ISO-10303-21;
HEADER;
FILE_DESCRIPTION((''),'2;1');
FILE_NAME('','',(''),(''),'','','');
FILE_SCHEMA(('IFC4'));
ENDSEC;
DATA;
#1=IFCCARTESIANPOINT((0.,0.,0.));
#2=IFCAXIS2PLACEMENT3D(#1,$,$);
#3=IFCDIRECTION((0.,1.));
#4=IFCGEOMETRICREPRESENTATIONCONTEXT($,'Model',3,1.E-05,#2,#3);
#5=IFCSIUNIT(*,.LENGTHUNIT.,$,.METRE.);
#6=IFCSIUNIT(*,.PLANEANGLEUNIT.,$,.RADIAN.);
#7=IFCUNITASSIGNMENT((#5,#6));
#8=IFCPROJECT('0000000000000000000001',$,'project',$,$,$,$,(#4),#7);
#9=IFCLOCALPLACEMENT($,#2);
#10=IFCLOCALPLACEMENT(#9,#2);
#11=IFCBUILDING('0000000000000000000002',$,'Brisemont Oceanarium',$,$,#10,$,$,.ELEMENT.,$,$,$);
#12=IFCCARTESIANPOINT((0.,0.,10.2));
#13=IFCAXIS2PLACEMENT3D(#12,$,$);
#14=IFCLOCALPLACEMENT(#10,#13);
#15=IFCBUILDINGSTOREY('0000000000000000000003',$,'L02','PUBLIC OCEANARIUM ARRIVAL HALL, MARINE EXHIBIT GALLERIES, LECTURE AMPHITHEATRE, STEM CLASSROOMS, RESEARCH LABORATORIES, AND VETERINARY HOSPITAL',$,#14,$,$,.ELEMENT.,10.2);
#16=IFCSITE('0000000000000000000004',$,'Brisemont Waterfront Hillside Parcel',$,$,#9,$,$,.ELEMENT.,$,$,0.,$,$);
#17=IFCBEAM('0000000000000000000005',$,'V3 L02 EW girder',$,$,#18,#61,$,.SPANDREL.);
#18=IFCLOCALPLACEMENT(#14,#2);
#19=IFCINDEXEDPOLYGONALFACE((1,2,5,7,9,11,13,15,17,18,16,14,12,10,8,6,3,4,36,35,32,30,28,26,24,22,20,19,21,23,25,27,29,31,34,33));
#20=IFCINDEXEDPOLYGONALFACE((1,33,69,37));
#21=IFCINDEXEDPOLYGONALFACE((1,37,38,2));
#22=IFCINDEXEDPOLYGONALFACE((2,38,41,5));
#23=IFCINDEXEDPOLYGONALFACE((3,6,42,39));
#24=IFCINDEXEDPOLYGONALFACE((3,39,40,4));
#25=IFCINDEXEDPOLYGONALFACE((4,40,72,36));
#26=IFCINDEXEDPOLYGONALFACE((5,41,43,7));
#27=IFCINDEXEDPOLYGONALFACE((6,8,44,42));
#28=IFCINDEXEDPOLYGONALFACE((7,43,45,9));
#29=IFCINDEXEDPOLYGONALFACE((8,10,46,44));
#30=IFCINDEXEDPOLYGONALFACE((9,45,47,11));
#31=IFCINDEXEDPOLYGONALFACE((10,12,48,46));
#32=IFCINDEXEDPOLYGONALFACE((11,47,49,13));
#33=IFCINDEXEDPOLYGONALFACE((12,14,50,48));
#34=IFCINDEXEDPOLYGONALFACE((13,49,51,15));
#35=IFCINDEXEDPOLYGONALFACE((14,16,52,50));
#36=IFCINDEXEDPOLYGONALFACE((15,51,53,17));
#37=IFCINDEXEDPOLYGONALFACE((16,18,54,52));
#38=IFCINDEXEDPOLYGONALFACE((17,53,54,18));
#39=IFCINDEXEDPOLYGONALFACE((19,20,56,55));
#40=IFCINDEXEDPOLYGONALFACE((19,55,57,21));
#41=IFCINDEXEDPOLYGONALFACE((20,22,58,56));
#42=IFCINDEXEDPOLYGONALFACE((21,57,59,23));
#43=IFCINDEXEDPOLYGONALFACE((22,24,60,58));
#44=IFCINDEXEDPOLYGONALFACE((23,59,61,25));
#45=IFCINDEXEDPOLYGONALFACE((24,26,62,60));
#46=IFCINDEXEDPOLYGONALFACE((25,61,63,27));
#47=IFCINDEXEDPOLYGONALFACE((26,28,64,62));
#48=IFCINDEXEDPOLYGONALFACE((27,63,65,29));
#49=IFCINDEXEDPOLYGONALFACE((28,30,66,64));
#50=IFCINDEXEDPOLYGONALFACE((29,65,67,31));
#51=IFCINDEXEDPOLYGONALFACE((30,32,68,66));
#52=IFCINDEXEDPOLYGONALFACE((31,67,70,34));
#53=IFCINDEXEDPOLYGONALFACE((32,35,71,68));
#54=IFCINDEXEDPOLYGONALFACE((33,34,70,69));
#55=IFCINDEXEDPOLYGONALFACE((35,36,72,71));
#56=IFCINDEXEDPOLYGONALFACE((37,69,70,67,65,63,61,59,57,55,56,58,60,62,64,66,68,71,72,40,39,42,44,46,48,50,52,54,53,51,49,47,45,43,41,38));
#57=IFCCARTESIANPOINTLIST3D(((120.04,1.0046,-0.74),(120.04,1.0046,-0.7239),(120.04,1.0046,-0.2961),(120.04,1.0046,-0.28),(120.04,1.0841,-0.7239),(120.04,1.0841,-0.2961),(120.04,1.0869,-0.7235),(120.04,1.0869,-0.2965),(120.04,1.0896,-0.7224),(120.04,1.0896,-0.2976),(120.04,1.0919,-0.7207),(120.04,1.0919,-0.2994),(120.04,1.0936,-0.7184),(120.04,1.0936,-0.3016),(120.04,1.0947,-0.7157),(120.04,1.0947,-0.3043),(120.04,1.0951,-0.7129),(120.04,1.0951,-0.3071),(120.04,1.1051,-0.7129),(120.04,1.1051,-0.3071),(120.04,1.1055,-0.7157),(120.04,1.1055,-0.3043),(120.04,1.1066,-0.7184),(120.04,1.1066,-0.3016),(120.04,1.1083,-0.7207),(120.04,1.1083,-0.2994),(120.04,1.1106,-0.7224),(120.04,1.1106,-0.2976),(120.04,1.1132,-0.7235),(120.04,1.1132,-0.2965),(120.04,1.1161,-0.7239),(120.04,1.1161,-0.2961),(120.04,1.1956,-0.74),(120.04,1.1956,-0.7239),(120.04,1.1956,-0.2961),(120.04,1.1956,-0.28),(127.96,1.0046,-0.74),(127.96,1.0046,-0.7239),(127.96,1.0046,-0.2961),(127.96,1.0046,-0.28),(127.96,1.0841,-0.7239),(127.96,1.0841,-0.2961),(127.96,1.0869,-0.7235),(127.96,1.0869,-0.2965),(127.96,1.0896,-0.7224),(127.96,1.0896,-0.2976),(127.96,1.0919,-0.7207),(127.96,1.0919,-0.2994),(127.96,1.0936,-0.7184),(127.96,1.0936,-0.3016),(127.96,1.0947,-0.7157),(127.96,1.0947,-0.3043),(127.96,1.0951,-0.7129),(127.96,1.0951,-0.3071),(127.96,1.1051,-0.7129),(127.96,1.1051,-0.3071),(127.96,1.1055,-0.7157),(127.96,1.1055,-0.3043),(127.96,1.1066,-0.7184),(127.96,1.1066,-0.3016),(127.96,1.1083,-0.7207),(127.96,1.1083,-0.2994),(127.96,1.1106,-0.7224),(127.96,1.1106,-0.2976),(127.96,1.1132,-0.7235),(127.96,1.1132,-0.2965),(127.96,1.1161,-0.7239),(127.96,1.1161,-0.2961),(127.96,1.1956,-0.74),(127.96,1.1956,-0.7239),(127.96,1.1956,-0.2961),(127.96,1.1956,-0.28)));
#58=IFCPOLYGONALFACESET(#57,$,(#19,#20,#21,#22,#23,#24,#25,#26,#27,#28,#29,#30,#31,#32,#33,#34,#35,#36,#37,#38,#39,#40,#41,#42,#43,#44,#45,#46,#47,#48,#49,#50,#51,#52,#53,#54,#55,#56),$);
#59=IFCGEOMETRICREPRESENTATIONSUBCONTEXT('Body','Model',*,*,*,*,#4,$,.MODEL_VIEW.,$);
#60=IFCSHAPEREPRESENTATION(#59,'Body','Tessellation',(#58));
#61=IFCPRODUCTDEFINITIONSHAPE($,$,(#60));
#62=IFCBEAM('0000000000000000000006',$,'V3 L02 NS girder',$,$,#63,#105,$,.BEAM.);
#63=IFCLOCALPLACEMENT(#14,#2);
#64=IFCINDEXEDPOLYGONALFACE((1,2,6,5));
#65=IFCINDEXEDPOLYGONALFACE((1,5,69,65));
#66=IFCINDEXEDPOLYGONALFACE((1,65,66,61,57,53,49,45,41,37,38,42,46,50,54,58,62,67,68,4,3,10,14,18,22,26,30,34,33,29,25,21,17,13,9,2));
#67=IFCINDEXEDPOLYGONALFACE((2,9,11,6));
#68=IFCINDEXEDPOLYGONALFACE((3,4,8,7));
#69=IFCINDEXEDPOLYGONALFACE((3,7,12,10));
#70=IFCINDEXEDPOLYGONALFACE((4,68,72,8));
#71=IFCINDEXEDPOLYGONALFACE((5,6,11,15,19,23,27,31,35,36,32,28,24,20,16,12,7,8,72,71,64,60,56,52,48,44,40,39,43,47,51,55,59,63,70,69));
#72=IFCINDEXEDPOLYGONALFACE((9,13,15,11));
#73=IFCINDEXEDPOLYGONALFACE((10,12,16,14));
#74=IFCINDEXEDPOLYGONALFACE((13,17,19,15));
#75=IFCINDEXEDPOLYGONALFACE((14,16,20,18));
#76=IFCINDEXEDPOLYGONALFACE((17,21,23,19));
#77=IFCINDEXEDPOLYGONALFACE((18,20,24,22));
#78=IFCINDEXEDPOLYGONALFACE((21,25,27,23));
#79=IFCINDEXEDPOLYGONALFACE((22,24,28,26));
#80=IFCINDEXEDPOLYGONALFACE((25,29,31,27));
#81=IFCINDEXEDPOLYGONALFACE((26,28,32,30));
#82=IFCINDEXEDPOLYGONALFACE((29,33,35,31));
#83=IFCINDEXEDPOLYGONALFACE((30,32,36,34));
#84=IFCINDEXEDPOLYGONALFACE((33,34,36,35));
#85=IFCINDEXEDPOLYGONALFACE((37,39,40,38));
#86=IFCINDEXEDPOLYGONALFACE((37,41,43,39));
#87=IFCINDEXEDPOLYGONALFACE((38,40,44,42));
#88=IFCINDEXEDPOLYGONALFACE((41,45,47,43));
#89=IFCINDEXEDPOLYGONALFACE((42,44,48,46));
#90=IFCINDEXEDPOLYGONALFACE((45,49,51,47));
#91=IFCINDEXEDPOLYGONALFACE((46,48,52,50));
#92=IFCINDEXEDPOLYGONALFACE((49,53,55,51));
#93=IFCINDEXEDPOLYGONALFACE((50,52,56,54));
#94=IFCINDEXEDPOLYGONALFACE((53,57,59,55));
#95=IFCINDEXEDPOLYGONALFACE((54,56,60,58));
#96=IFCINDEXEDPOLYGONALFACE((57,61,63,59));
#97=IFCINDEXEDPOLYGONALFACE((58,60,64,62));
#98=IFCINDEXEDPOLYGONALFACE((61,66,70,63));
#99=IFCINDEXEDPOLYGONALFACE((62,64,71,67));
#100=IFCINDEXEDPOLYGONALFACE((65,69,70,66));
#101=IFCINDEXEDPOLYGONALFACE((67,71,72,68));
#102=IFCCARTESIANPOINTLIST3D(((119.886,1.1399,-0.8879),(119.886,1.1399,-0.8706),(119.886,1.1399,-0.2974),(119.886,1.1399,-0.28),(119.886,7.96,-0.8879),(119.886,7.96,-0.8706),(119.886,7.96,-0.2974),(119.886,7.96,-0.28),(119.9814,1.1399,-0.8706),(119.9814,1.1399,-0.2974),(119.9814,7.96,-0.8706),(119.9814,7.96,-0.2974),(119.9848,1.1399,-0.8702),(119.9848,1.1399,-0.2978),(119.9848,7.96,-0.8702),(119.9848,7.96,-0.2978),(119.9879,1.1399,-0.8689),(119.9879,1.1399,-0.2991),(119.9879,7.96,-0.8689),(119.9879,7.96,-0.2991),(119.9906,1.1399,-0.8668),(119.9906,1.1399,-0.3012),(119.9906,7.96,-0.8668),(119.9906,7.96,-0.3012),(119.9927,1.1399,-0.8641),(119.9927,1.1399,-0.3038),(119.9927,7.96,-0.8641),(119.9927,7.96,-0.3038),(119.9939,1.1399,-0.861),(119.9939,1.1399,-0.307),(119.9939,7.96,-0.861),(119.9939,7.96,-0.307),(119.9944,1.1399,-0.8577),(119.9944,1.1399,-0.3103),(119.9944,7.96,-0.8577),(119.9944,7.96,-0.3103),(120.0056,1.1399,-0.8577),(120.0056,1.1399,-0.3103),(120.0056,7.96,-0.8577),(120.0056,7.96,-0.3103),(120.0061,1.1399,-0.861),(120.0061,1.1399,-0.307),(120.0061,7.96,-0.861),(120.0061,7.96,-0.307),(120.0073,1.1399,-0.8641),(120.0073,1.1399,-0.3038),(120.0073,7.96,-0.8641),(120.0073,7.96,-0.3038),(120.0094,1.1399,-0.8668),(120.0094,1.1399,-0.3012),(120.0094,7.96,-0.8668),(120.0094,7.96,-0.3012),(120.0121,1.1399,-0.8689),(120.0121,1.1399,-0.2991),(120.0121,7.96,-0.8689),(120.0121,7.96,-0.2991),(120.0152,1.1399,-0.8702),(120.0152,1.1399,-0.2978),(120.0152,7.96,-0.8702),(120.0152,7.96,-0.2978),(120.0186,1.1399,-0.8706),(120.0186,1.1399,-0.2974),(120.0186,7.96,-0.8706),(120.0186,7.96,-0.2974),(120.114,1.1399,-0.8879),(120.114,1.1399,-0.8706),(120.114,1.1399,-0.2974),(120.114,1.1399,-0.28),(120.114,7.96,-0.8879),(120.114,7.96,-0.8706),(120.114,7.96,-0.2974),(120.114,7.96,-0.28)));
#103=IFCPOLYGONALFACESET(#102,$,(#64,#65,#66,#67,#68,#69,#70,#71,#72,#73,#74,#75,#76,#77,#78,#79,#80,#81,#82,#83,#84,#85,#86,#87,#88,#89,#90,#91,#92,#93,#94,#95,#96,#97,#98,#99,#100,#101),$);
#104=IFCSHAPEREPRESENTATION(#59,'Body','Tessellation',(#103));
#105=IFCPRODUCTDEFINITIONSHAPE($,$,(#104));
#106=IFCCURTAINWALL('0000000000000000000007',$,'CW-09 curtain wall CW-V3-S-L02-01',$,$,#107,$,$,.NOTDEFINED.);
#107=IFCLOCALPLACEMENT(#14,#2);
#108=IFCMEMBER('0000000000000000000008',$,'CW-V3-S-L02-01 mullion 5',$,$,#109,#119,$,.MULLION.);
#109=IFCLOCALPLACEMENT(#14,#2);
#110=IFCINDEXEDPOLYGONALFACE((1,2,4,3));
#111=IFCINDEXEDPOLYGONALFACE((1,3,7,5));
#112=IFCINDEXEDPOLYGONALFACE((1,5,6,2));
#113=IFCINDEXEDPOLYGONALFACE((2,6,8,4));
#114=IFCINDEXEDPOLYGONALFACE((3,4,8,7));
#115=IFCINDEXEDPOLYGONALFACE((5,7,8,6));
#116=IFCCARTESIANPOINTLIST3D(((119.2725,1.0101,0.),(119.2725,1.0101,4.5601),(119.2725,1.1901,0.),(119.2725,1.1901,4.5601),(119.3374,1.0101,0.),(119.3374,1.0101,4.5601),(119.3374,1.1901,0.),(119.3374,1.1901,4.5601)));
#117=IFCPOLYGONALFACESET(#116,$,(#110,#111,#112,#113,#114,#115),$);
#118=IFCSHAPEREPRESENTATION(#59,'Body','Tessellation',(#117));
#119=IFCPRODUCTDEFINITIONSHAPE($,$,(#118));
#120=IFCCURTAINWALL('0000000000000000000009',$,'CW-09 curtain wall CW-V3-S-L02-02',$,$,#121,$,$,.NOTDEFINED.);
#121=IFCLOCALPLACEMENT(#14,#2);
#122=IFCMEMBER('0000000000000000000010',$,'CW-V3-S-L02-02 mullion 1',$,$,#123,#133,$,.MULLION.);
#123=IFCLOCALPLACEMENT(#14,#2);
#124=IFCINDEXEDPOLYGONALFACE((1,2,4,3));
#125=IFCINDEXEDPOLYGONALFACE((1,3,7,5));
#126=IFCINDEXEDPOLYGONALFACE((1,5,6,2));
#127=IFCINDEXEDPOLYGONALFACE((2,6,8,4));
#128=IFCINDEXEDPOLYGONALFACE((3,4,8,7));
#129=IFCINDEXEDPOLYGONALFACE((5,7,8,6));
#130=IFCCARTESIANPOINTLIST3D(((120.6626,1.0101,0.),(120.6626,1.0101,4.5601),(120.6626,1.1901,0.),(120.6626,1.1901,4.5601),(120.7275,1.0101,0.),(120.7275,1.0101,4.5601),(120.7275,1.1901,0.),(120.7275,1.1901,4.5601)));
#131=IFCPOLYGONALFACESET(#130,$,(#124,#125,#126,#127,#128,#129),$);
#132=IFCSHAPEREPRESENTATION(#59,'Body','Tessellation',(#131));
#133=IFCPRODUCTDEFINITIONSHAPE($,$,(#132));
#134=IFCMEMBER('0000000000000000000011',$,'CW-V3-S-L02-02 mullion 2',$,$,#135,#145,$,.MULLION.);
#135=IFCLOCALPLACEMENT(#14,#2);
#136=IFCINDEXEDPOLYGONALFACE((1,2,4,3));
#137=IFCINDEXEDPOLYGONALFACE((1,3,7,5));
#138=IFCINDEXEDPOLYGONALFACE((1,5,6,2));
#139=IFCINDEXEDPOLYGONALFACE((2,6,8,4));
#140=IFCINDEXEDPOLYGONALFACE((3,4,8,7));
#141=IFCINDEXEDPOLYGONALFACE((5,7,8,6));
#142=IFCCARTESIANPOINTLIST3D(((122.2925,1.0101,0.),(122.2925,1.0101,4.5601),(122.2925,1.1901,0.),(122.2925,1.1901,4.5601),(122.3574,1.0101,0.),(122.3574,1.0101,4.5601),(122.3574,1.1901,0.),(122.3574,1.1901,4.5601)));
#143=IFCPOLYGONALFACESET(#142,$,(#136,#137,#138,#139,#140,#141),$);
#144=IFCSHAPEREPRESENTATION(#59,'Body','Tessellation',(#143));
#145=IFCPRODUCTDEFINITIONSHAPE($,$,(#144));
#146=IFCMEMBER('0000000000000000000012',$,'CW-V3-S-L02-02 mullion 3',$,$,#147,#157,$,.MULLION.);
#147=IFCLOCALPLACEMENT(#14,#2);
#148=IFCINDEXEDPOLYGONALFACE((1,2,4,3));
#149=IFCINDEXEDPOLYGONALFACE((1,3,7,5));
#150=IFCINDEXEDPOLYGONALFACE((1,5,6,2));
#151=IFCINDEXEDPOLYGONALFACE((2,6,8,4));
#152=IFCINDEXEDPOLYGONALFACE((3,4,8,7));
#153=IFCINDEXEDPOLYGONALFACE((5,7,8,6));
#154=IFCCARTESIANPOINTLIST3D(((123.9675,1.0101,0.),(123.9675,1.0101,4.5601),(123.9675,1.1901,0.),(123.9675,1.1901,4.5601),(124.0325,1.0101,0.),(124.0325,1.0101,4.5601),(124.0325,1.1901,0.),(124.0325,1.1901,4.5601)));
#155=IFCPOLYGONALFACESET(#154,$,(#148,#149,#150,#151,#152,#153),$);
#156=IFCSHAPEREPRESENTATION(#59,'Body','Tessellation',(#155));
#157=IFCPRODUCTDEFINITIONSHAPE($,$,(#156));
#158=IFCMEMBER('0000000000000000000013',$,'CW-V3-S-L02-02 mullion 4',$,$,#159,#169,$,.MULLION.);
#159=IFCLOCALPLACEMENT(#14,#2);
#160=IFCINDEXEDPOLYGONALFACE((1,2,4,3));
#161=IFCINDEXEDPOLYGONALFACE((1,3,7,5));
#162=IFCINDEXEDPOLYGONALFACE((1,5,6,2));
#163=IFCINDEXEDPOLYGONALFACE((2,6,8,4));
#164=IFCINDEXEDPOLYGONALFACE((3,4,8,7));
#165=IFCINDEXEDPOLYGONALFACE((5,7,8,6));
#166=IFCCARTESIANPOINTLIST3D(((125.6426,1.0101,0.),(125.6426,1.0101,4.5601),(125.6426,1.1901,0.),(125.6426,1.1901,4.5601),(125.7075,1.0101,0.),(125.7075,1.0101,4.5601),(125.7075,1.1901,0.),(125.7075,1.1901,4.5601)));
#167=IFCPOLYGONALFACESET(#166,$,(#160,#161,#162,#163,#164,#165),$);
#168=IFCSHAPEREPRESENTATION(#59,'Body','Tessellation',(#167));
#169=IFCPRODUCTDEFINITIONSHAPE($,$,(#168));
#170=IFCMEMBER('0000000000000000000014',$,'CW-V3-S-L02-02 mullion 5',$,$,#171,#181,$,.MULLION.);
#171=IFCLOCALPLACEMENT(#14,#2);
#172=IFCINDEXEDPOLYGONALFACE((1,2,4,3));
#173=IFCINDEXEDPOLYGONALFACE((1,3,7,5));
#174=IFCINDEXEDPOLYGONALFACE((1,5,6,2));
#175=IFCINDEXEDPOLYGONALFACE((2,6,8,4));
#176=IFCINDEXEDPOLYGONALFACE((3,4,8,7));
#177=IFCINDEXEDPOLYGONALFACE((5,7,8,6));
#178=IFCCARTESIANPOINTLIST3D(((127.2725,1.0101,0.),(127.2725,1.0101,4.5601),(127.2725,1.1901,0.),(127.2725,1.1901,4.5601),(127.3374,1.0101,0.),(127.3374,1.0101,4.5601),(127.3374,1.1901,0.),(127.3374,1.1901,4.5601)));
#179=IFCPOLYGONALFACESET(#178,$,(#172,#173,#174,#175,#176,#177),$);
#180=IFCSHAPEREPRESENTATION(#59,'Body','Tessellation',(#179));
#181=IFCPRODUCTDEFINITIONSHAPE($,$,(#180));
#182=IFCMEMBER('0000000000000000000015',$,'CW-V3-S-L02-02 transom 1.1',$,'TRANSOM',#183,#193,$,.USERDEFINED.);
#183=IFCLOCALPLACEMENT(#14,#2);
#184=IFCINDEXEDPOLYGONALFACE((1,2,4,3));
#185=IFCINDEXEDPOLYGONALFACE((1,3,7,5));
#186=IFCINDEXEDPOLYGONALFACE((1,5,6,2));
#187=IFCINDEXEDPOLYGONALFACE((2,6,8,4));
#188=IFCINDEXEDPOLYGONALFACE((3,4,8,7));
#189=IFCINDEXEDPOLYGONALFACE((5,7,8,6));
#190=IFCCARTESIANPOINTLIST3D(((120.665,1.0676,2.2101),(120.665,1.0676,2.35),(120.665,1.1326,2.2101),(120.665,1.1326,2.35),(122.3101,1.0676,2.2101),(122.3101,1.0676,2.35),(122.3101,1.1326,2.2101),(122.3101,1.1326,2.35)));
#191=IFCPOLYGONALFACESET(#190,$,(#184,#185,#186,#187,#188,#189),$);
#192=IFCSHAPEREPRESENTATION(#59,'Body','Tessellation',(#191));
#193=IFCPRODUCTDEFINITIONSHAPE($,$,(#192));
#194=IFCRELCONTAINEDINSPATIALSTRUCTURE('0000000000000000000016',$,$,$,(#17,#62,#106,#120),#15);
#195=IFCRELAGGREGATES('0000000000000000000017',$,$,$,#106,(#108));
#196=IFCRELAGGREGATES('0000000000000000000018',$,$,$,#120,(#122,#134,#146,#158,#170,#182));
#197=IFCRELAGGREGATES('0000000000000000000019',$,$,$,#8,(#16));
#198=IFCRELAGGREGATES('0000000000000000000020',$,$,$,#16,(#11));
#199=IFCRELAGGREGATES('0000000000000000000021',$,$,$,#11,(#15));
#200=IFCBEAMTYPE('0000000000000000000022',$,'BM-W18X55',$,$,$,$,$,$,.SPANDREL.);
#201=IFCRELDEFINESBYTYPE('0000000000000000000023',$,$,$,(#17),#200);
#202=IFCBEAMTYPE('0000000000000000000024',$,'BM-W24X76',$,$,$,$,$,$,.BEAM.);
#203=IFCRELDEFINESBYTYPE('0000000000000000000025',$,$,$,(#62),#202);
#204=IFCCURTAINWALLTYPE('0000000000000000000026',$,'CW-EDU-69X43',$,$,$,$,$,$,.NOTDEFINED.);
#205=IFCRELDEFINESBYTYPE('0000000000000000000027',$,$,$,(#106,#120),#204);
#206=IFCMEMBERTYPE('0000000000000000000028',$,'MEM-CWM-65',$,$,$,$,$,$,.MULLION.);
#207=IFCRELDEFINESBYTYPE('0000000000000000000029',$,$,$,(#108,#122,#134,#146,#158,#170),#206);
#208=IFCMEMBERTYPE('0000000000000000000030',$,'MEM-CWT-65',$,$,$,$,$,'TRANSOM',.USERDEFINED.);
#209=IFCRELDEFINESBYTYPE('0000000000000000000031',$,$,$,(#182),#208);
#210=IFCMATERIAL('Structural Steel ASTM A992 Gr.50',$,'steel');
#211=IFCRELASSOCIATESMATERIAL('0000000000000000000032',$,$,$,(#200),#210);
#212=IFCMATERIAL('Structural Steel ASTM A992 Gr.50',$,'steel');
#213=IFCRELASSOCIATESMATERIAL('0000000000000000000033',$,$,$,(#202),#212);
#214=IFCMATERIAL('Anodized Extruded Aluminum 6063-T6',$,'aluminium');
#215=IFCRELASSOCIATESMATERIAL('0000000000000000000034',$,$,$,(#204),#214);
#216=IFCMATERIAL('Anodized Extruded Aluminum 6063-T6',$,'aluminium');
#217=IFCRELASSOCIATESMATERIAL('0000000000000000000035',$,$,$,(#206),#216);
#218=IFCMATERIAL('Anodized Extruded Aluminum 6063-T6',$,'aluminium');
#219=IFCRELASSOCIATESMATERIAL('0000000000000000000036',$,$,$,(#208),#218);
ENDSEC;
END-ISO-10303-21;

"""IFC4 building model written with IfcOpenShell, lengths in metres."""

from ifc_helpers import new_model, si_unit, direction, frame, origin, origin_2d, place, context, subcontext, project, spatial, rectangle, i_section, extrude, material, material_profile, profile_set, type_object, element, aggregate, save


model = new_model("IFC4")

# Units and contexts
model_context = context("Model", 3, precision=1e-05, world=origin(), true_north=direction((0.0, 1.0)))
body_context = subcontext(model_context, "Body", "Model", "MODEL_VIEW")
ifc_project = project(units=[si_unit("LENGTHUNIT", "METRE"), si_unit("PLANEANGLEUNIT", "RADIAN")], contexts=[model_context])

# Site, building, storey
site_placement = place(None, origin())
site = spatial("IfcSite", under=ifc_project, at=site_placement, Name="Brisemont Waterfront Hillside Parcel", CompositionType="ELEMENT", RefElevation=0.0)
building_placement = place(site_placement, origin())
building = spatial("IfcBuilding", under=site, at=building_placement, Name="Brisemont Oceanarium", CompositionType="ELEMENT")
storey_placement = place(building_placement, frame((0.0, 0.0, 10.2)))
storey = spatial("IfcBuildingStorey", under=building, at=storey_placement, Name="L02", Description="PUBLIC OCEANARIUM ARRIVAL HALL, MARINE EXHIBIT GALLERIES, LECTURE AMPHITHEATRE, STEM CLASSROOMS, RESEARCH LABORATORIES, AND VETERINARY HOSPITAL", CompositionType="ELEMENT", Elevation=10.2)

# Beams
ifc_material_1 = material(Name="Structural Steel ASTM A992 Gr.50", Category="steel")
ifc_material_profile_1 = material_profile(ifc_material_1, i_section(OverallWidth=0.1909, OverallDepth=0.46, WebThickness=0.01, FlangeThickness=0.0161, FilletRadius=0.011, at=origin_2d()), Name="W18X55")
ifc_profile_set_1 = profile_set([ifc_material_profile_1], Name="Structural Steel ASTM A992 Gr.50")
beam_type_1 = type_object("IfcBeamType", Name="BM-W18X55", PredefinedType="SPANDREL", material=ifc_profile_set_1)
beam_1_placement = place(storey_placement, frame((120.04, 1.1001, -0.51), z_axis=(1.0, 0.0, 0.0), x_axis=(0.0, 1.0, 0.0)))
element("IfcBeam", 1, at=beam_1_placement, inside=storey, type_object=beam_type_1, Name="V3 L02 EW girder", PredefinedType="SPANDREL", context=body_context, shape_type="SweptSolid", body=[
    extrude(i_section(OverallWidth=0.1909, OverallDepth=0.46, WebThickness=0.01, FlangeThickness=0.0161, FilletRadius=0.011, at=origin_2d()), origin(), (0.0, 0.0, 1.0), 7.9199),
])
ifc_material_2 = material(Name="Structural Steel ASTM A992 Gr.50", Category="steel")
ifc_material_profile_2 = material_profile(ifc_material_2, i_section(OverallWidth=0.228, OverallDepth=0.6079, WebThickness=0.0112, FlangeThickness=0.0173, FilletRadius=0.0129, at=origin_2d()), Name="W24X76")
ifc_profile_set_2 = profile_set([ifc_material_profile_2], Name="Structural Steel ASTM A992 Gr.50")
beam_type_2 = type_object("IfcBeamType", Name="BM-W24X76", PredefinedType="BEAM", material=ifc_profile_set_2)
beam_2_placement = place(storey_placement, frame((120.0, 1.1399, -0.584), z_axis=(0.0, 1.0, 0.0), x_axis=(-1.0, 0.0, 0.0)))
element("IfcBeam", 2, at=beam_2_placement, inside=storey, type_object=beam_type_2, Name="V3 L02 NS girder", PredefinedType="BEAM", context=body_context, shape_type="SweptSolid", body=[
    extrude(i_section(OverallWidth=0.228, OverallDepth=0.6079, WebThickness=0.0112, FlangeThickness=0.0173, FilletRadius=0.0129, at=origin_2d()), origin(), (0.0, 0.0, 1.0), 6.8201),
])

# Curtain wall, member
ifc_material_3 = material(Name="Anodized Extruded Aluminum 6063-T6", Category="aluminium")
curtain_wall_type = type_object("IfcCurtainWallType", Name="CW-EDU-69X43", PredefinedType="NOTDEFINED", material=ifc_material_3)
curtain_wall_1_placement = place(storey_placement, origin())
curtain_wall_1 = element("IfcCurtainWall", 3, at=curtain_wall_1_placement, inside=storey, type_object=curtain_wall_type, Name="CW-09 curtain wall CW-V3-S-L02-01", PredefinedType="NOTDEFINED")
ifc_material_4 = material(Name="Anodized Extruded Aluminum 6063-T6", Category="aluminium")
ifc_material_profile_3 = material_profile(ifc_material_4, rectangle(XDim=0.0649, YDim=0.1799, at=origin_2d()), Name="CWM-65X180")
ifc_profile_set_3 = profile_set([ifc_material_profile_3], Name="Anodized Extruded Aluminum 6063-T6")
member_type_1 = type_object("IfcMemberType", Name="MEM-CWM-65", PredefinedType="MULLION", material=ifc_profile_set_3)
member_1_placement = place(storey_placement, frame((119.3049, 1.1001, 0.0), z_axis=(0.0, 0.0, 1.0), x_axis=(1.0, 0.0, 0.0)))
member_1 = element("IfcMember", 4, at=member_1_placement, type_object=member_type_1, Name="CW-V3-S-L02-01 mullion 5", PredefinedType="MULLION", context=body_context, shape_type="SweptSolid", body=[
    extrude(rectangle(XDim=0.0649, YDim=0.1799, at=origin_2d()), origin(), (0.0, 0.0, 1.0), 4.5601),
])
aggregate(curtain_wall_1, [member_1])

# Curtain wall, members
curtain_wall_2_placement = place(storey_placement, origin())
curtain_wall_2 = element("IfcCurtainWall", 5, at=curtain_wall_2_placement, inside=storey, type_object=curtain_wall_type, Name="CW-09 curtain wall CW-V3-S-L02-02", PredefinedType="NOTDEFINED")
member_2_placement = place(storey_placement, frame((120.6951, 1.1001, 0.0), z_axis=(0.0, 0.0, 1.0), x_axis=(1.0, 0.0, 0.0)))
member_2 = element("IfcMember", 6, at=member_2_placement, type_object=member_type_1, Name="CW-V3-S-L02-02 mullion 1", PredefinedType="MULLION", context=body_context, shape_type="SweptSolid", body=[
    extrude(rectangle(XDim=0.0649, YDim=0.1799, at=origin_2d()), origin(), (0.0, 0.0, 1.0), 4.5601),
])
member_3_placement = place(storey_placement, frame((122.325, 1.1001, 0.0), z_axis=(0.0, 0.0, 1.0), x_axis=(1.0, 0.0, 0.0)))
member_3 = element("IfcMember", 7, at=member_3_placement, type_object=member_type_1, Name="CW-V3-S-L02-02 mullion 2", PredefinedType="MULLION", context=body_context, shape_type="SweptSolid", body=[
    extrude(rectangle(XDim=0.0649, YDim=0.1799, at=origin_2d()), origin(), (0.0, 0.0, 1.0), 4.5601),
])
member_4_placement = place(storey_placement, frame((124.0, 1.1001, 0.0), z_axis=(0.0, 0.0, 1.0), x_axis=(1.0, 0.0, 0.0)))
member_4 = element("IfcMember", 8, at=member_4_placement, type_object=member_type_1, Name="CW-V3-S-L02-02 mullion 3", PredefinedType="MULLION", context=body_context, shape_type="SweptSolid", body=[
    extrude(rectangle(XDim=0.0649, YDim=0.1799, at=origin_2d()), origin(), (0.0, 0.0, 1.0), 4.5601),
])
member_5_placement = place(storey_placement, frame((125.675, 1.1001, 0.0), z_axis=(0.0, 0.0, 1.0), x_axis=(1.0, 0.0, 0.0)))
member_5 = element("IfcMember", 9, at=member_5_placement, type_object=member_type_1, Name="CW-V3-S-L02-02 mullion 4", PredefinedType="MULLION", context=body_context, shape_type="SweptSolid", body=[
    extrude(rectangle(XDim=0.0649, YDim=0.1799, at=origin_2d()), origin(), (0.0, 0.0, 1.0), 4.5601),
])
member_6_placement = place(storey_placement, frame((127.3049, 1.1001, 0.0), z_axis=(0.0, 0.0, 1.0), x_axis=(1.0, 0.0, 0.0)))
member_6 = element("IfcMember", 10, at=member_6_placement, type_object=member_type_1, Name="CW-V3-S-L02-02 mullion 5", PredefinedType="MULLION", context=body_context, shape_type="SweptSolid", body=[
    extrude(rectangle(XDim=0.0649, YDim=0.1799, at=origin_2d()), origin(), (0.0, 0.0, 1.0), 4.5601),
])
ifc_material_5 = material(Name="Anodized Extruded Aluminum 6063-T6", Category="aluminium")
ifc_material_profile_4 = material_profile(ifc_material_5, rectangle(XDim=0.0649, YDim=0.1399, at=origin_2d()), Name="CWT-65X140")
ifc_profile_set_4 = profile_set([ifc_material_profile_4], Name="Anodized Extruded Aluminum 6063-T6")
member_type_2 = type_object("IfcMemberType", Name="MEM-CWT-65", ElementType="TRANSOM", PredefinedType="USERDEFINED", material=ifc_profile_set_4)
member_7_placement = place(storey_placement, frame((120.665, 1.1001, 2.28), z_axis=(1.0, 0.0, 0.0), x_axis=(0.0, 1.0, 0.0)))
member_7 = element("IfcMember", 11, at=member_7_placement, type_object=member_type_2, Name="CW-V3-S-L02-02 transom 1.1", ObjectType="TRANSOM", PredefinedType="USERDEFINED", context=body_context, shape_type="SweptSolid", body=[
    extrude(rectangle(XDim=0.0649, YDim=0.1399, at=origin_2d()), origin(), (0.0, 0.0, 1.0), 1.645),
])
aggregate(curtain_wall_2, [member_2, member_3, member_4, member_5, member_6, member_7])

save(model, "model.ifc")
